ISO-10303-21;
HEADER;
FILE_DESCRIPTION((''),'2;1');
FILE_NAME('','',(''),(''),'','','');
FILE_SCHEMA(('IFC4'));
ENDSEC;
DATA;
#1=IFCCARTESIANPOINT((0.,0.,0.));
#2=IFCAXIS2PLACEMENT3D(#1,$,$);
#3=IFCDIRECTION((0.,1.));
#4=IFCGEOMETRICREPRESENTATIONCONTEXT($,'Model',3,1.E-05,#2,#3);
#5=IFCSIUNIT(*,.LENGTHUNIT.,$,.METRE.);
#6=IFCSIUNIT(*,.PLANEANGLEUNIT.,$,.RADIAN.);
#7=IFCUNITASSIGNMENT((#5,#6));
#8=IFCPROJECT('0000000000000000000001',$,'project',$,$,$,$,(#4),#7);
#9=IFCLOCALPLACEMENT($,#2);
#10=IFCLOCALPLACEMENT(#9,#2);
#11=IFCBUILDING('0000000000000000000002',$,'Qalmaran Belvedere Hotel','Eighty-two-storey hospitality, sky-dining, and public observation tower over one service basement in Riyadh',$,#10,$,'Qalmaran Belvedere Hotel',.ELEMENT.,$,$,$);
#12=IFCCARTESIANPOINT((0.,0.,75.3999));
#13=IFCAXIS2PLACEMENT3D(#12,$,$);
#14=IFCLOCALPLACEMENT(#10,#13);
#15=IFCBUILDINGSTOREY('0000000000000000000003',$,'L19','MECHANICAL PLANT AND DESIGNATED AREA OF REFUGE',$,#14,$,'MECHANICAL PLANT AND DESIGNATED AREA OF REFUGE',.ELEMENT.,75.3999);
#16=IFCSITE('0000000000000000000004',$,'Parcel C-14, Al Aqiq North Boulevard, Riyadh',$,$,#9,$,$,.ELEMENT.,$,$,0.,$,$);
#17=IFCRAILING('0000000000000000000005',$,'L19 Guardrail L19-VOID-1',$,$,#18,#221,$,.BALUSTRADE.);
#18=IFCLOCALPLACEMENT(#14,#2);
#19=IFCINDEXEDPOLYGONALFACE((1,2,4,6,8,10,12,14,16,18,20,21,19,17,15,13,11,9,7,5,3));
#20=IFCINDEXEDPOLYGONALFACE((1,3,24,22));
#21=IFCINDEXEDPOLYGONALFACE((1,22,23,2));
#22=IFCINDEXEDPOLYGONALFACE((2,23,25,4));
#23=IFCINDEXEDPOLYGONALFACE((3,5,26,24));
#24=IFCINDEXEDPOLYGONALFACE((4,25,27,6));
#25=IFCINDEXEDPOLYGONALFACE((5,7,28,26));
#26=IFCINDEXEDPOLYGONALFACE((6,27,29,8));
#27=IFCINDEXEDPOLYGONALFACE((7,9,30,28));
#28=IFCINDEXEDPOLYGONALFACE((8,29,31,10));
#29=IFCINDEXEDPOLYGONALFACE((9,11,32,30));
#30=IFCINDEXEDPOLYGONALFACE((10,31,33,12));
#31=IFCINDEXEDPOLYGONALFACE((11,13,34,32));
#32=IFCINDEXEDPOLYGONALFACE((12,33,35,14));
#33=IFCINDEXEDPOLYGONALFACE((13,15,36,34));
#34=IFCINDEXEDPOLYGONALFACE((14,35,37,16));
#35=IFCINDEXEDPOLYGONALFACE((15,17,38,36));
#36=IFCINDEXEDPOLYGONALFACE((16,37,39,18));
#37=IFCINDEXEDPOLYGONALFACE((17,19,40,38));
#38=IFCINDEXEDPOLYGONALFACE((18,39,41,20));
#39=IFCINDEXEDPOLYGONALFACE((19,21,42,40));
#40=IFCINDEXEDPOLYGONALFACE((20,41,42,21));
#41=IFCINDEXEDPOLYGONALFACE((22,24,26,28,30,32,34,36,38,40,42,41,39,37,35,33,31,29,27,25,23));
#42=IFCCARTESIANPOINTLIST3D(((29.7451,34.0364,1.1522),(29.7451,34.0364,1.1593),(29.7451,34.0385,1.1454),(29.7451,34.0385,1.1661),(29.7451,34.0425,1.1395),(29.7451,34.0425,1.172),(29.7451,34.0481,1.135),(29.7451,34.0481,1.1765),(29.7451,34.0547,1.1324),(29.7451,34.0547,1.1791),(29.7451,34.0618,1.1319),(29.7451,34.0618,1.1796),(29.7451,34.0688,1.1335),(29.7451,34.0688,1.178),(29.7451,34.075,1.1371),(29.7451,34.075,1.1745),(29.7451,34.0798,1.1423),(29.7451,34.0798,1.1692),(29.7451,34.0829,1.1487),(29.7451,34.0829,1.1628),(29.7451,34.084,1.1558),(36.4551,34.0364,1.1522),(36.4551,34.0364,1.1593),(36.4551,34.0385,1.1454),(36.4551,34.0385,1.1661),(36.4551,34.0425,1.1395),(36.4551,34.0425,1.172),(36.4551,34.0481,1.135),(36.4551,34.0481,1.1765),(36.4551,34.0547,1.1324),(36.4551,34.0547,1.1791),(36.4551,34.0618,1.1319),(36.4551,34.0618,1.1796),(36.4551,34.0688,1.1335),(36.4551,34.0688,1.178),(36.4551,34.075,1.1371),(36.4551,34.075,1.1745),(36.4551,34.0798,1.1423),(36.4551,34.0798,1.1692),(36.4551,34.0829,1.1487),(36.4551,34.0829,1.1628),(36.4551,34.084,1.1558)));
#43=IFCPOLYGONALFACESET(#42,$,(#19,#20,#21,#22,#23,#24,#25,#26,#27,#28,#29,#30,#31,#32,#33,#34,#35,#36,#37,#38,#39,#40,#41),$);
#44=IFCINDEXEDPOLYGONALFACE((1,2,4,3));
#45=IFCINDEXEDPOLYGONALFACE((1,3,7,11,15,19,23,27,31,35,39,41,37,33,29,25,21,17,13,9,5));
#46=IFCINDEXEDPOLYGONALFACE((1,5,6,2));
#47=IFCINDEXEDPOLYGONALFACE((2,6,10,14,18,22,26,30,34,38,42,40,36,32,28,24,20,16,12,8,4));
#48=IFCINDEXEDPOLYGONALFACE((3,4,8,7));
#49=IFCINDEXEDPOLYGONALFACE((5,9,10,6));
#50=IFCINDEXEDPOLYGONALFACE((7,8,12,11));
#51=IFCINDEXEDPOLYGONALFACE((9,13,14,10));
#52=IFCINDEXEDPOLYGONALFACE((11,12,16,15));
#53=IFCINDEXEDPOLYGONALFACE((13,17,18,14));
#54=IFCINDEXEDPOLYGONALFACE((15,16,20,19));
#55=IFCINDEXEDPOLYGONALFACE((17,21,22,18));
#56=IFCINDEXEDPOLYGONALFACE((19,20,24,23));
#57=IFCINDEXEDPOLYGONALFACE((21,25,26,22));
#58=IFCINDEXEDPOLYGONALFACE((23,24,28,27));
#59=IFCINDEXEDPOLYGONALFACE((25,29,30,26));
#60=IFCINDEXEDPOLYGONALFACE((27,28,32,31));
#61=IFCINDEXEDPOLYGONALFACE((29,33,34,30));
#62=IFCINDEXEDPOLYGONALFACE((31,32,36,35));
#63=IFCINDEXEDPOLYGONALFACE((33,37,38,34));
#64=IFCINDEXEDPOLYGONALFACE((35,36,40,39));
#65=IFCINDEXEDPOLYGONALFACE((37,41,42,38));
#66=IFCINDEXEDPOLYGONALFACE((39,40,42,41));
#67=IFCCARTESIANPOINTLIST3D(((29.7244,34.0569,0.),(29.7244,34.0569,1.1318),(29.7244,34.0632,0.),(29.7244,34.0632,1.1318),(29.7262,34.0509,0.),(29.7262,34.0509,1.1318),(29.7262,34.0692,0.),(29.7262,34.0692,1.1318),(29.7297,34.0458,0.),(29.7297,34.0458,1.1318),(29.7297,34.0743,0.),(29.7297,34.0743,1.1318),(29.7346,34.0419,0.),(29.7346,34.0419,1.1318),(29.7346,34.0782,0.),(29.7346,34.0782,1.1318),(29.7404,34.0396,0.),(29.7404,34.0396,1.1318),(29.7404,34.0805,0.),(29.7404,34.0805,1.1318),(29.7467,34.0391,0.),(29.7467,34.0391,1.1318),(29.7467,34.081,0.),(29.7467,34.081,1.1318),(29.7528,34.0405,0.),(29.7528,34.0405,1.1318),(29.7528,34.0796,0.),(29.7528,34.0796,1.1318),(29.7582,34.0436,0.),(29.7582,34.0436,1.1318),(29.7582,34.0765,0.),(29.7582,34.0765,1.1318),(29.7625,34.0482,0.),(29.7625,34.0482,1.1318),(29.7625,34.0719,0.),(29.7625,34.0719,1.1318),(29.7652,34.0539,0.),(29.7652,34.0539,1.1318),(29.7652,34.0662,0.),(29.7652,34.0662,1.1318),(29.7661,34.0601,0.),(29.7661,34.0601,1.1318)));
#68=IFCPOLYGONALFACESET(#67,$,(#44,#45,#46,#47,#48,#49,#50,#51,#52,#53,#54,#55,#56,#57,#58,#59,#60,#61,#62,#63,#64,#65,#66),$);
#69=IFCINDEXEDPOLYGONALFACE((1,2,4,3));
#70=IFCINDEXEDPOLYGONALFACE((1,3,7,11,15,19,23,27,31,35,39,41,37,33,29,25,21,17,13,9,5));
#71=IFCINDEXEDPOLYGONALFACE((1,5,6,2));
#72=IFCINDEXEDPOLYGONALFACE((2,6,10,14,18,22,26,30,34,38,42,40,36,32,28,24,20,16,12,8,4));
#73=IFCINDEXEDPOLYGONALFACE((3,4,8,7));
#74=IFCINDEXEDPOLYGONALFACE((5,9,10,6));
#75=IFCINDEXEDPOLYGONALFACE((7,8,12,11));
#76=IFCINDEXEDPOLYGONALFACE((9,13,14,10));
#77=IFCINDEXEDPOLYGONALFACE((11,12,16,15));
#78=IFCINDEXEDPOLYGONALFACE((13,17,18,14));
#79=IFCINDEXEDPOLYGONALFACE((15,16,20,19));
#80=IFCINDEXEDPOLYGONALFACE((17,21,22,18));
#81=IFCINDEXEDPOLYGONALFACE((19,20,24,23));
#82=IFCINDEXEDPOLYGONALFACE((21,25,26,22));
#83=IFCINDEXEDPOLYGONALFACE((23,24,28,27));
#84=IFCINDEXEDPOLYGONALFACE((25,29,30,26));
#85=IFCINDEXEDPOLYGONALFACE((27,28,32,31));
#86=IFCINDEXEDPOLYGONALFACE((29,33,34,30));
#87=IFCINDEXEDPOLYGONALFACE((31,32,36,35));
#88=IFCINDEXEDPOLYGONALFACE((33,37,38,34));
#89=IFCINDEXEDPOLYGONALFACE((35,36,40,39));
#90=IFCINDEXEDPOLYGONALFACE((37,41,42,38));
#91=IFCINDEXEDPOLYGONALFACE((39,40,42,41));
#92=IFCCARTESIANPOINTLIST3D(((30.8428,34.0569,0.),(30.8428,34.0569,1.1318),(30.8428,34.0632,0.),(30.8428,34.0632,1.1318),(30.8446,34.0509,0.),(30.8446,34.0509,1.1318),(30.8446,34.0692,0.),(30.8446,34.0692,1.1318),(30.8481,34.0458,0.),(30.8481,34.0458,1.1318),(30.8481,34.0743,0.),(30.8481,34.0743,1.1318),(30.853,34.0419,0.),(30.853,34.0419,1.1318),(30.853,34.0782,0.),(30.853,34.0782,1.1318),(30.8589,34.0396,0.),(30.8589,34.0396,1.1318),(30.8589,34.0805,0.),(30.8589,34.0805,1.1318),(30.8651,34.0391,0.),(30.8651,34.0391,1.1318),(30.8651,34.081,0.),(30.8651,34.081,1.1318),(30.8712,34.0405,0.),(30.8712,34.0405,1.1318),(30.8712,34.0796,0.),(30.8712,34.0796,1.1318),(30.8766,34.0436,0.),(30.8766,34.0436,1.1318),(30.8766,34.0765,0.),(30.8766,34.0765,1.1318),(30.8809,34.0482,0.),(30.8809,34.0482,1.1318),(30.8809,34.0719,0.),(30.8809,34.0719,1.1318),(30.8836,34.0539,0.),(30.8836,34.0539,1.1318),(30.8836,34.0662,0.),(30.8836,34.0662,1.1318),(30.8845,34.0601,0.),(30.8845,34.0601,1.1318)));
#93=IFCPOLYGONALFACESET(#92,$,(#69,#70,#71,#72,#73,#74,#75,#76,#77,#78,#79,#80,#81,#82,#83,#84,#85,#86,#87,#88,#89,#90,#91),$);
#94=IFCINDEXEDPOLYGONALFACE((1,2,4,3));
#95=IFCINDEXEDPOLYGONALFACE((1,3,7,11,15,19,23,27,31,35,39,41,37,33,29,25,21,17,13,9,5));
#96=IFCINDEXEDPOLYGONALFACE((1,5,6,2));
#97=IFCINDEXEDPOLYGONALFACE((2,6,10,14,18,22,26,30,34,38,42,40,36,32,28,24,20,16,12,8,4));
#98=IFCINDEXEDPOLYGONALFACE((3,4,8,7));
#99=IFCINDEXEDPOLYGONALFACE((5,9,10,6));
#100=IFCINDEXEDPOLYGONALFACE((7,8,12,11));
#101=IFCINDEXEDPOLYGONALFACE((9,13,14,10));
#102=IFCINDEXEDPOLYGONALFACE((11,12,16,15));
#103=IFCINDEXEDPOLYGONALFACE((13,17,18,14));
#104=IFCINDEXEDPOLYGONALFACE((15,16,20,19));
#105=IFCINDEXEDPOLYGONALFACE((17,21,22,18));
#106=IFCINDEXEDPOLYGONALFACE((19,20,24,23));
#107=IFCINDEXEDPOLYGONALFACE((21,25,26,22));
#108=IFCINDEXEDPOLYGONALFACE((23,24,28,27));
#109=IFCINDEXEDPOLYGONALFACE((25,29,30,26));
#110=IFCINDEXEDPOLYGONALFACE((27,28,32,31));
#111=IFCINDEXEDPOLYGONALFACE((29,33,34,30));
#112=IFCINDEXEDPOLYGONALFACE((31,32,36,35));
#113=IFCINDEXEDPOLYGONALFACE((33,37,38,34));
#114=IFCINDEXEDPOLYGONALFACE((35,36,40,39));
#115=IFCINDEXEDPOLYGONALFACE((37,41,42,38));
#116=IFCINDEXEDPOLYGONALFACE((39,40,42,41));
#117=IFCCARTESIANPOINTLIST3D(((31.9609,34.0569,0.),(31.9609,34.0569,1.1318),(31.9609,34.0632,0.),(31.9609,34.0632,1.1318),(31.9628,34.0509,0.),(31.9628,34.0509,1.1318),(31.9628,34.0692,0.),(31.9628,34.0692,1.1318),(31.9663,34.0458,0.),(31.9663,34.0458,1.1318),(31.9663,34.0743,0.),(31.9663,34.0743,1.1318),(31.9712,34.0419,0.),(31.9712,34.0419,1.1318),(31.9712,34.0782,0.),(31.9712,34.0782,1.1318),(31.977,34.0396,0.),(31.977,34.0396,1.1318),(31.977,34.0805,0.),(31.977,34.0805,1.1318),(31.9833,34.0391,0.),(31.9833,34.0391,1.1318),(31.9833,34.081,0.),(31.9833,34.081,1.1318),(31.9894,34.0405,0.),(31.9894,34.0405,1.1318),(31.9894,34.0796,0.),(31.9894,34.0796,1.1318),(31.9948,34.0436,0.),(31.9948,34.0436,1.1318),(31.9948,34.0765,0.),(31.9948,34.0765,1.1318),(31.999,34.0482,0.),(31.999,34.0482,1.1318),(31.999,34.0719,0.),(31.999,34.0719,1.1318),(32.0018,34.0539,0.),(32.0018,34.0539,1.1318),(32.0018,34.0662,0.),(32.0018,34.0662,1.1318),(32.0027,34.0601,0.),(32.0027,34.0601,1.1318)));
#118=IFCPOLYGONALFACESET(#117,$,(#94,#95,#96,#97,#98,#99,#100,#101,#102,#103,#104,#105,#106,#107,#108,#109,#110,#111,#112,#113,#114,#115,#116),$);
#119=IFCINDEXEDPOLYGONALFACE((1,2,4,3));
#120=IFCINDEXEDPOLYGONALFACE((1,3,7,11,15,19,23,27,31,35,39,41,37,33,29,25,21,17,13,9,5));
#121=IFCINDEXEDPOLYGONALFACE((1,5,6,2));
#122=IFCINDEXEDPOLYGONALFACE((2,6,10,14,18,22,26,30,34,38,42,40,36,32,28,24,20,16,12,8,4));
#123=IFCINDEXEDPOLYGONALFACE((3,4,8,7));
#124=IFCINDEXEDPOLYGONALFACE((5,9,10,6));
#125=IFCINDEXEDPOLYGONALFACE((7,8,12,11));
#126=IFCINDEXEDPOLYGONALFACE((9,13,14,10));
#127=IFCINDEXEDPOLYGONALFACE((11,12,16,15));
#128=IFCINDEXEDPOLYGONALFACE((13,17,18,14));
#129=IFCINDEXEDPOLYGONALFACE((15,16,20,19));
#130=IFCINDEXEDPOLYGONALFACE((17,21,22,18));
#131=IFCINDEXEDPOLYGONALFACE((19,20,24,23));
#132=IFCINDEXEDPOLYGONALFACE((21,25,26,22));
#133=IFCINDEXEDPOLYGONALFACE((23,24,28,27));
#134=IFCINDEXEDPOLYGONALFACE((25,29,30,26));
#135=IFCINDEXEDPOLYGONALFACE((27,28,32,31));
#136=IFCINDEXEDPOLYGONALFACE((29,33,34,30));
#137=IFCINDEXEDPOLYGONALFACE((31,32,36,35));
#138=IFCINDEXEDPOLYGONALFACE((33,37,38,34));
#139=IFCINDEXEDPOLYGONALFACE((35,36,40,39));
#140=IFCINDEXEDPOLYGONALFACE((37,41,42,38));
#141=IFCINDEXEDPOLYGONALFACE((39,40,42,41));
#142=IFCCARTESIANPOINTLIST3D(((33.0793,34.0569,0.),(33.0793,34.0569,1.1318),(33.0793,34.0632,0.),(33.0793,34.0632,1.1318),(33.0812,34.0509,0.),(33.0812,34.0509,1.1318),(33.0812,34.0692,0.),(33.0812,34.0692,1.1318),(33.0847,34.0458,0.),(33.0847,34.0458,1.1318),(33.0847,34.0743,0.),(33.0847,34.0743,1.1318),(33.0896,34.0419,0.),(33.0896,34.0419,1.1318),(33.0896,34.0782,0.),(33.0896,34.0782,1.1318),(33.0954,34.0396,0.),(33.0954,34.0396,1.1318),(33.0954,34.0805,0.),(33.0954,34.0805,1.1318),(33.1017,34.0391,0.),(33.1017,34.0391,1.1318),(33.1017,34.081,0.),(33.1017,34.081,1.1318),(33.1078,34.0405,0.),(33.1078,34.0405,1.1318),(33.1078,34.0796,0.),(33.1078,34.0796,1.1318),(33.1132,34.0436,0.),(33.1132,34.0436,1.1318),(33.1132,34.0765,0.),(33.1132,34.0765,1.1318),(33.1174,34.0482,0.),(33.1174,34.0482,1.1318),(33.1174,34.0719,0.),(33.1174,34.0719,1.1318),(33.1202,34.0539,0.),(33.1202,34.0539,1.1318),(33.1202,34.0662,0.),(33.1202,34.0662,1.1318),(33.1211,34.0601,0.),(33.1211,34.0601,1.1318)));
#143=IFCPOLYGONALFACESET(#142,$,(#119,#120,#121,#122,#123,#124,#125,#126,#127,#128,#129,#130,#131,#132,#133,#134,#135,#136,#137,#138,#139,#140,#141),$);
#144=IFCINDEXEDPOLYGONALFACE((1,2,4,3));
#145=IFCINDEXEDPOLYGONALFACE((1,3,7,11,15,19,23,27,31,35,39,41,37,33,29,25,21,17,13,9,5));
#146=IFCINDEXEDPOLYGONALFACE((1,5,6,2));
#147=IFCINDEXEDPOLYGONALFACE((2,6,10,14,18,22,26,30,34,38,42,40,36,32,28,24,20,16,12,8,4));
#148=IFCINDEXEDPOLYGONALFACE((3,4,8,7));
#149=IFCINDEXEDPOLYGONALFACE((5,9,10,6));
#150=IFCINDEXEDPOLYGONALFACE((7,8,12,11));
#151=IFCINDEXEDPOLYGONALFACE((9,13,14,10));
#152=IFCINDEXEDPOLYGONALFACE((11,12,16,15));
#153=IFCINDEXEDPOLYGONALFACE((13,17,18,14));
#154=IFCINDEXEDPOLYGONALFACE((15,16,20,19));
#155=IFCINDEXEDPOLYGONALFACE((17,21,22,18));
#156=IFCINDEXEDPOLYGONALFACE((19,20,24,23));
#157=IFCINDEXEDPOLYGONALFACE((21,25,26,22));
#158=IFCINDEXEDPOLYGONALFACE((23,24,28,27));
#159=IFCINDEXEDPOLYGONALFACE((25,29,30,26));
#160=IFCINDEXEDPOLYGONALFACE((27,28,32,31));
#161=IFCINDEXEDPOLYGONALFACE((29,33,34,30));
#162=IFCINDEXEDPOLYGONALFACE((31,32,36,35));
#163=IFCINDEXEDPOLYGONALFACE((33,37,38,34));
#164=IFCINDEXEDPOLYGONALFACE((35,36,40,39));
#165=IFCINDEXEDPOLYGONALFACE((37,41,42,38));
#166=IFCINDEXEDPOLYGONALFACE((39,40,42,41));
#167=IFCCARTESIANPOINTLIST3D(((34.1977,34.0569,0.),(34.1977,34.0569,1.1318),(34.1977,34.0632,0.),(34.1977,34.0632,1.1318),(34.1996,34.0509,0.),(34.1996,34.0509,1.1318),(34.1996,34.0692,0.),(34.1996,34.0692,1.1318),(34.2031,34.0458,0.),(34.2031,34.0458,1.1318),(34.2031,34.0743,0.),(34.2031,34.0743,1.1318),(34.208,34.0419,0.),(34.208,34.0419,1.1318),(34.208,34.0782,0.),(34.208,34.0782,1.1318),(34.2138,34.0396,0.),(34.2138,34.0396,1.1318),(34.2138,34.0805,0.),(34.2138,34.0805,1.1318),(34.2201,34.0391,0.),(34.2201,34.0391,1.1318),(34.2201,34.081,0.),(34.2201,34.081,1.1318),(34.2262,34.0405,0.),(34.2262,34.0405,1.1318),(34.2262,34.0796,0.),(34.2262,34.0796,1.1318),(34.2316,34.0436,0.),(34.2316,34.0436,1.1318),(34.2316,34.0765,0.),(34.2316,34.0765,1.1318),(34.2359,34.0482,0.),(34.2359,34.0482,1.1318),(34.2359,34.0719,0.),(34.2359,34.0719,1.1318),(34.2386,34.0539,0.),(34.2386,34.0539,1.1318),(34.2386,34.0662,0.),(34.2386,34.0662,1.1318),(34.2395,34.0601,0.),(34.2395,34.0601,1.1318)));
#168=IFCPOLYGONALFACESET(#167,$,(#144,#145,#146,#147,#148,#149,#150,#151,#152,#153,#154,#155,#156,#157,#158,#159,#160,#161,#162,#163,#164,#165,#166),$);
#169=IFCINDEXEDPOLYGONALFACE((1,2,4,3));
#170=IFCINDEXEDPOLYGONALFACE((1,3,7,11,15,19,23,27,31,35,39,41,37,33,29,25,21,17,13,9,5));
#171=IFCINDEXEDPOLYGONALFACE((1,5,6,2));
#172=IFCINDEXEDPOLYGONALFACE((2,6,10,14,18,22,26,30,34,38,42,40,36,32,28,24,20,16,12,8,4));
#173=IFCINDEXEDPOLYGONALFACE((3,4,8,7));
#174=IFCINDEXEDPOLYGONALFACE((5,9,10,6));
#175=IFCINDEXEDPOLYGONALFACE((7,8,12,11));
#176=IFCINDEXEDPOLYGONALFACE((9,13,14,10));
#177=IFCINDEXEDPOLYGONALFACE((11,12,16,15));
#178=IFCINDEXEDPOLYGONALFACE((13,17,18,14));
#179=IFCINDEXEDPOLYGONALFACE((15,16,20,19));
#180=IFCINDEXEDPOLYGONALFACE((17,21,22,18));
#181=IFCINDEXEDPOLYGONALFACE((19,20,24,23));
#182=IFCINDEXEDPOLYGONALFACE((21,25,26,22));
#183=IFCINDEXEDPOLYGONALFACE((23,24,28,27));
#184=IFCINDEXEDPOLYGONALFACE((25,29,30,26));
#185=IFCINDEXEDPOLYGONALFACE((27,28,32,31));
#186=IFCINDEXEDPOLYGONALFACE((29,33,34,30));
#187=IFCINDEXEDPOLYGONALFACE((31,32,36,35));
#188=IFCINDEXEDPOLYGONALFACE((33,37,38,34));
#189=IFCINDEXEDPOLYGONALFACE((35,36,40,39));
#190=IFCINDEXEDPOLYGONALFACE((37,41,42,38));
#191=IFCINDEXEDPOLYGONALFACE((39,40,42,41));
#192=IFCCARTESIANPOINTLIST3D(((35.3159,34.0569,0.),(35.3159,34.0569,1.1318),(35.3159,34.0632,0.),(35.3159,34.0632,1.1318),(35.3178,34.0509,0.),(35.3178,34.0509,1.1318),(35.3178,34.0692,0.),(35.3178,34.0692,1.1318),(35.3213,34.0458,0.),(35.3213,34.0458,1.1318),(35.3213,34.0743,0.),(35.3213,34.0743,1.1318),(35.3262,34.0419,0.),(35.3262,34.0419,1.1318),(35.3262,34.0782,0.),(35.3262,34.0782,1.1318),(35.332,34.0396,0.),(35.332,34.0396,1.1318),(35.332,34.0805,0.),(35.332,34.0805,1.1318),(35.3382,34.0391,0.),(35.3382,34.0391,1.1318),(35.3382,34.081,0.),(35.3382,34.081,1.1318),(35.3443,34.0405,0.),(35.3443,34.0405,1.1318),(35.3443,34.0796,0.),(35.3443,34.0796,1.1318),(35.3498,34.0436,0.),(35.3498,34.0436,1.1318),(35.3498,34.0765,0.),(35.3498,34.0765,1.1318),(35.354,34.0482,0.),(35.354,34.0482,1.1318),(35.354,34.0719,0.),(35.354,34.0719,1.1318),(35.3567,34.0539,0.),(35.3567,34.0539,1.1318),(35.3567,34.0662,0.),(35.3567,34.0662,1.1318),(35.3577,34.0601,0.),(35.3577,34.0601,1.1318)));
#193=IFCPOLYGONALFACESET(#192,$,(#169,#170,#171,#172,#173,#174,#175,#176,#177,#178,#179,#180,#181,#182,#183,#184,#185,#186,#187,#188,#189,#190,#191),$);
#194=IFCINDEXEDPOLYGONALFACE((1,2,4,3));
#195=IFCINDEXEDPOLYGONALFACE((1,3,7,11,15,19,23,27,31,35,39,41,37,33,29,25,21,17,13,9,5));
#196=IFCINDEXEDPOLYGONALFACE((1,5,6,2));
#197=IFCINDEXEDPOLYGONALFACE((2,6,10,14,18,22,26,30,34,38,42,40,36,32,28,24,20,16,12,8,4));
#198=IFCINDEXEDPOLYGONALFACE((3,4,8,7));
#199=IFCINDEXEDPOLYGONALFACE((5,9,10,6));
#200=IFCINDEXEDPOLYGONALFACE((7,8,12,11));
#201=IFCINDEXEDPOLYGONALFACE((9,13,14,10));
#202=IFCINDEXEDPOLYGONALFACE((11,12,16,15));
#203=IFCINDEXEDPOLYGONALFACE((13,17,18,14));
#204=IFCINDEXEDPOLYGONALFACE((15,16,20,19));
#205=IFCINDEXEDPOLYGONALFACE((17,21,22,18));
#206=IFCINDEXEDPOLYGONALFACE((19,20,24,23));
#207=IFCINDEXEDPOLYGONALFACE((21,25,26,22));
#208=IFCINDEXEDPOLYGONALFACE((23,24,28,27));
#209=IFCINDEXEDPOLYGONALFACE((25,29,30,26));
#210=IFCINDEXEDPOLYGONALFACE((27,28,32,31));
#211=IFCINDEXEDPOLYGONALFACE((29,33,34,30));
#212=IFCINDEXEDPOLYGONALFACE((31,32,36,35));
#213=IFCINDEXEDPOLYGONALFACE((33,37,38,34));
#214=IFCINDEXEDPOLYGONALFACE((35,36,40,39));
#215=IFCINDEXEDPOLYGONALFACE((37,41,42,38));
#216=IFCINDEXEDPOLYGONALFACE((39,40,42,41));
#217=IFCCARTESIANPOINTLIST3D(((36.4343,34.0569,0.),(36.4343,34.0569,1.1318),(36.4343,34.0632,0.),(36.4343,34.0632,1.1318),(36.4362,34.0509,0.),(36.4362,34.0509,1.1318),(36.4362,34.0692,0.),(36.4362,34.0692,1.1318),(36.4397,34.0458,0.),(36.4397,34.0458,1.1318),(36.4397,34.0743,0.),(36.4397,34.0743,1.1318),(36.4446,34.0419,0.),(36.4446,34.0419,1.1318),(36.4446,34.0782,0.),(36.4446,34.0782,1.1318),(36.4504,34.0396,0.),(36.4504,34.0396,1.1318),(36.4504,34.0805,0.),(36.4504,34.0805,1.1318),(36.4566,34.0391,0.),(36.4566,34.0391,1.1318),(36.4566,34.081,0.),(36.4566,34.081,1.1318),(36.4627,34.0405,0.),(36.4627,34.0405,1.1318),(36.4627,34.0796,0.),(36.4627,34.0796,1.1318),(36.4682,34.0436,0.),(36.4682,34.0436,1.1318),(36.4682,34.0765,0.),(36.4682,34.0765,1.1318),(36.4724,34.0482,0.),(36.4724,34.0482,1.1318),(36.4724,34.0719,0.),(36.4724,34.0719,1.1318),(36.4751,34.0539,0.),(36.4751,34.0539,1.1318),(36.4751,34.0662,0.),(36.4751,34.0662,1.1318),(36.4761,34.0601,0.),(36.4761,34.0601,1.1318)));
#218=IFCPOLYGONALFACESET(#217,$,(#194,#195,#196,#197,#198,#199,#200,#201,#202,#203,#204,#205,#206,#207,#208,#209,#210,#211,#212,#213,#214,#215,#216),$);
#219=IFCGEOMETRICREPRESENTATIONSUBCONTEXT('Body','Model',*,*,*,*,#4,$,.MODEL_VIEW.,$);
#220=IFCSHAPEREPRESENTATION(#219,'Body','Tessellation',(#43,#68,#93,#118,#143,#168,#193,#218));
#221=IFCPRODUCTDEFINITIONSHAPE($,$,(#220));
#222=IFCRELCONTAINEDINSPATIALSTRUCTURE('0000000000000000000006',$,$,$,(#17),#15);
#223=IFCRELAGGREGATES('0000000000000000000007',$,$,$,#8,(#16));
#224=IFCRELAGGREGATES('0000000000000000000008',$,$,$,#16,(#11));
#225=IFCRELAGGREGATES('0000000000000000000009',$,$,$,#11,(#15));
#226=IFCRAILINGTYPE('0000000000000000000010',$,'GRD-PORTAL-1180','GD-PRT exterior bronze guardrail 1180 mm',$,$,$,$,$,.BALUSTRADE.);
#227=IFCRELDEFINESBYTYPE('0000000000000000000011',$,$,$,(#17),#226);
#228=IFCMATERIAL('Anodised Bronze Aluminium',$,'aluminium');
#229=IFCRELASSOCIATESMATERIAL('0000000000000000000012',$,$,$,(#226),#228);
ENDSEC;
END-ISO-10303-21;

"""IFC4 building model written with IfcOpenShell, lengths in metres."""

from ifc_helpers import new_model, si_unit, direction, frame, origin, origin_2d, place, context, subcontext, project, spatial, circle, extrude, material, type_object, element, save


model = new_model("IFC4")

# Units and contexts
model_context = context("Model", 3, precision=1e-05, world=origin(), true_north=direction((0.0, 1.0)))
body_context = subcontext(model_context, "Body", "Model", "MODEL_VIEW")
ifc_project = project(units=[si_unit("LENGTHUNIT", "METRE"), si_unit("PLANEANGLEUNIT", "RADIAN")], contexts=[model_context])

# Site, building, storey
site_placement = place(None, origin())
site = spatial("IfcSite", under=ifc_project, at=site_placement, Name="Parcel C-14, Al Aqiq North Boulevard, Riyadh", CompositionType="ELEMENT", RefElevation=0.0)
building_placement = place(site_placement, origin())
building = spatial("IfcBuilding", under=site, at=building_placement, Name="Qalmaran Belvedere Hotel", Description="Eighty-two-storey hospitality, sky-dining, and public observation tower over one service basement in Riyadh", LongName="Qalmaran Belvedere Hotel", CompositionType="ELEMENT")
storey_placement = place(building_placement, frame((0.0, 0.0, 75.3999)))
storey = spatial("IfcBuildingStorey", under=building, at=storey_placement, Name="L19", Description="MECHANICAL PLANT AND DESIGNATED AREA OF REFUGE", LongName="MECHANICAL PLANT AND DESIGNATED AREA OF REFUGE", CompositionType="ELEMENT", Elevation=75.3999)

# Railing
ifc_material_1 = material(Name="Anodised Bronze Aluminium", Category="aluminium")
railing_type = type_object("IfcRailingType", Name="GRD-PORTAL-1180", Description="GD-PRT exterior bronze guardrail 1180 mm", PredefinedType="BALUSTRADE", material=ifc_material_1)
railing_1_placement = place(storey_placement, frame((29.7451, 34.0601, 0.0)))
element("IfcRailing", 1, at=railing_1_placement, inside=storey, type_object=railing_type, Name="L19 Guardrail L19-VOID-1", PredefinedType="BALUSTRADE", context=body_context, shape_type="SweptSolid", body=[
    extrude(circle(Radius=0.0239, at=origin_2d()), frame((0.0, 0.0, 1.1558), z_axis=(1.0, 0.0, 0.0), x_axis=(0.0, 1.0, 0.0)), (0.0, 0.0, 1.0), 6.71),
    extrude(circle(Radius=0.021, at=origin_2d()), origin(), (0.0, 0.0, 1.0), 1.1318),
    extrude(circle(Radius=0.021, at=origin_2d()), frame((1.1184, 0.0, 0.0)), (0.0, 0.0, 1.0), 1.1318),
    extrude(circle(Radius=0.021, at=origin_2d()), frame((2.2366, 0.0, 0.0)), (0.0, 0.0, 1.0), 1.1318),
    extrude(circle(Radius=0.021, at=origin_2d()), frame((3.355, 0.0, 0.0)), (0.0, 0.0, 1.0), 1.1318),
    extrude(circle(Radius=0.021, at=origin_2d()), frame((4.4734, 0.0, 0.0)), (0.0, 0.0, 1.0), 1.1318),
    extrude(circle(Radius=0.021, at=origin_2d()), frame((5.5916, 0.0, 0.0)), (0.0, 0.0, 1.0), 1.1318),
    extrude(circle(Radius=0.021, at=origin_2d()), frame((6.71, 0.0, 0.0)), (0.0, 0.0, 1.0), 1.1318),
])

save(model, "model.ifc")
